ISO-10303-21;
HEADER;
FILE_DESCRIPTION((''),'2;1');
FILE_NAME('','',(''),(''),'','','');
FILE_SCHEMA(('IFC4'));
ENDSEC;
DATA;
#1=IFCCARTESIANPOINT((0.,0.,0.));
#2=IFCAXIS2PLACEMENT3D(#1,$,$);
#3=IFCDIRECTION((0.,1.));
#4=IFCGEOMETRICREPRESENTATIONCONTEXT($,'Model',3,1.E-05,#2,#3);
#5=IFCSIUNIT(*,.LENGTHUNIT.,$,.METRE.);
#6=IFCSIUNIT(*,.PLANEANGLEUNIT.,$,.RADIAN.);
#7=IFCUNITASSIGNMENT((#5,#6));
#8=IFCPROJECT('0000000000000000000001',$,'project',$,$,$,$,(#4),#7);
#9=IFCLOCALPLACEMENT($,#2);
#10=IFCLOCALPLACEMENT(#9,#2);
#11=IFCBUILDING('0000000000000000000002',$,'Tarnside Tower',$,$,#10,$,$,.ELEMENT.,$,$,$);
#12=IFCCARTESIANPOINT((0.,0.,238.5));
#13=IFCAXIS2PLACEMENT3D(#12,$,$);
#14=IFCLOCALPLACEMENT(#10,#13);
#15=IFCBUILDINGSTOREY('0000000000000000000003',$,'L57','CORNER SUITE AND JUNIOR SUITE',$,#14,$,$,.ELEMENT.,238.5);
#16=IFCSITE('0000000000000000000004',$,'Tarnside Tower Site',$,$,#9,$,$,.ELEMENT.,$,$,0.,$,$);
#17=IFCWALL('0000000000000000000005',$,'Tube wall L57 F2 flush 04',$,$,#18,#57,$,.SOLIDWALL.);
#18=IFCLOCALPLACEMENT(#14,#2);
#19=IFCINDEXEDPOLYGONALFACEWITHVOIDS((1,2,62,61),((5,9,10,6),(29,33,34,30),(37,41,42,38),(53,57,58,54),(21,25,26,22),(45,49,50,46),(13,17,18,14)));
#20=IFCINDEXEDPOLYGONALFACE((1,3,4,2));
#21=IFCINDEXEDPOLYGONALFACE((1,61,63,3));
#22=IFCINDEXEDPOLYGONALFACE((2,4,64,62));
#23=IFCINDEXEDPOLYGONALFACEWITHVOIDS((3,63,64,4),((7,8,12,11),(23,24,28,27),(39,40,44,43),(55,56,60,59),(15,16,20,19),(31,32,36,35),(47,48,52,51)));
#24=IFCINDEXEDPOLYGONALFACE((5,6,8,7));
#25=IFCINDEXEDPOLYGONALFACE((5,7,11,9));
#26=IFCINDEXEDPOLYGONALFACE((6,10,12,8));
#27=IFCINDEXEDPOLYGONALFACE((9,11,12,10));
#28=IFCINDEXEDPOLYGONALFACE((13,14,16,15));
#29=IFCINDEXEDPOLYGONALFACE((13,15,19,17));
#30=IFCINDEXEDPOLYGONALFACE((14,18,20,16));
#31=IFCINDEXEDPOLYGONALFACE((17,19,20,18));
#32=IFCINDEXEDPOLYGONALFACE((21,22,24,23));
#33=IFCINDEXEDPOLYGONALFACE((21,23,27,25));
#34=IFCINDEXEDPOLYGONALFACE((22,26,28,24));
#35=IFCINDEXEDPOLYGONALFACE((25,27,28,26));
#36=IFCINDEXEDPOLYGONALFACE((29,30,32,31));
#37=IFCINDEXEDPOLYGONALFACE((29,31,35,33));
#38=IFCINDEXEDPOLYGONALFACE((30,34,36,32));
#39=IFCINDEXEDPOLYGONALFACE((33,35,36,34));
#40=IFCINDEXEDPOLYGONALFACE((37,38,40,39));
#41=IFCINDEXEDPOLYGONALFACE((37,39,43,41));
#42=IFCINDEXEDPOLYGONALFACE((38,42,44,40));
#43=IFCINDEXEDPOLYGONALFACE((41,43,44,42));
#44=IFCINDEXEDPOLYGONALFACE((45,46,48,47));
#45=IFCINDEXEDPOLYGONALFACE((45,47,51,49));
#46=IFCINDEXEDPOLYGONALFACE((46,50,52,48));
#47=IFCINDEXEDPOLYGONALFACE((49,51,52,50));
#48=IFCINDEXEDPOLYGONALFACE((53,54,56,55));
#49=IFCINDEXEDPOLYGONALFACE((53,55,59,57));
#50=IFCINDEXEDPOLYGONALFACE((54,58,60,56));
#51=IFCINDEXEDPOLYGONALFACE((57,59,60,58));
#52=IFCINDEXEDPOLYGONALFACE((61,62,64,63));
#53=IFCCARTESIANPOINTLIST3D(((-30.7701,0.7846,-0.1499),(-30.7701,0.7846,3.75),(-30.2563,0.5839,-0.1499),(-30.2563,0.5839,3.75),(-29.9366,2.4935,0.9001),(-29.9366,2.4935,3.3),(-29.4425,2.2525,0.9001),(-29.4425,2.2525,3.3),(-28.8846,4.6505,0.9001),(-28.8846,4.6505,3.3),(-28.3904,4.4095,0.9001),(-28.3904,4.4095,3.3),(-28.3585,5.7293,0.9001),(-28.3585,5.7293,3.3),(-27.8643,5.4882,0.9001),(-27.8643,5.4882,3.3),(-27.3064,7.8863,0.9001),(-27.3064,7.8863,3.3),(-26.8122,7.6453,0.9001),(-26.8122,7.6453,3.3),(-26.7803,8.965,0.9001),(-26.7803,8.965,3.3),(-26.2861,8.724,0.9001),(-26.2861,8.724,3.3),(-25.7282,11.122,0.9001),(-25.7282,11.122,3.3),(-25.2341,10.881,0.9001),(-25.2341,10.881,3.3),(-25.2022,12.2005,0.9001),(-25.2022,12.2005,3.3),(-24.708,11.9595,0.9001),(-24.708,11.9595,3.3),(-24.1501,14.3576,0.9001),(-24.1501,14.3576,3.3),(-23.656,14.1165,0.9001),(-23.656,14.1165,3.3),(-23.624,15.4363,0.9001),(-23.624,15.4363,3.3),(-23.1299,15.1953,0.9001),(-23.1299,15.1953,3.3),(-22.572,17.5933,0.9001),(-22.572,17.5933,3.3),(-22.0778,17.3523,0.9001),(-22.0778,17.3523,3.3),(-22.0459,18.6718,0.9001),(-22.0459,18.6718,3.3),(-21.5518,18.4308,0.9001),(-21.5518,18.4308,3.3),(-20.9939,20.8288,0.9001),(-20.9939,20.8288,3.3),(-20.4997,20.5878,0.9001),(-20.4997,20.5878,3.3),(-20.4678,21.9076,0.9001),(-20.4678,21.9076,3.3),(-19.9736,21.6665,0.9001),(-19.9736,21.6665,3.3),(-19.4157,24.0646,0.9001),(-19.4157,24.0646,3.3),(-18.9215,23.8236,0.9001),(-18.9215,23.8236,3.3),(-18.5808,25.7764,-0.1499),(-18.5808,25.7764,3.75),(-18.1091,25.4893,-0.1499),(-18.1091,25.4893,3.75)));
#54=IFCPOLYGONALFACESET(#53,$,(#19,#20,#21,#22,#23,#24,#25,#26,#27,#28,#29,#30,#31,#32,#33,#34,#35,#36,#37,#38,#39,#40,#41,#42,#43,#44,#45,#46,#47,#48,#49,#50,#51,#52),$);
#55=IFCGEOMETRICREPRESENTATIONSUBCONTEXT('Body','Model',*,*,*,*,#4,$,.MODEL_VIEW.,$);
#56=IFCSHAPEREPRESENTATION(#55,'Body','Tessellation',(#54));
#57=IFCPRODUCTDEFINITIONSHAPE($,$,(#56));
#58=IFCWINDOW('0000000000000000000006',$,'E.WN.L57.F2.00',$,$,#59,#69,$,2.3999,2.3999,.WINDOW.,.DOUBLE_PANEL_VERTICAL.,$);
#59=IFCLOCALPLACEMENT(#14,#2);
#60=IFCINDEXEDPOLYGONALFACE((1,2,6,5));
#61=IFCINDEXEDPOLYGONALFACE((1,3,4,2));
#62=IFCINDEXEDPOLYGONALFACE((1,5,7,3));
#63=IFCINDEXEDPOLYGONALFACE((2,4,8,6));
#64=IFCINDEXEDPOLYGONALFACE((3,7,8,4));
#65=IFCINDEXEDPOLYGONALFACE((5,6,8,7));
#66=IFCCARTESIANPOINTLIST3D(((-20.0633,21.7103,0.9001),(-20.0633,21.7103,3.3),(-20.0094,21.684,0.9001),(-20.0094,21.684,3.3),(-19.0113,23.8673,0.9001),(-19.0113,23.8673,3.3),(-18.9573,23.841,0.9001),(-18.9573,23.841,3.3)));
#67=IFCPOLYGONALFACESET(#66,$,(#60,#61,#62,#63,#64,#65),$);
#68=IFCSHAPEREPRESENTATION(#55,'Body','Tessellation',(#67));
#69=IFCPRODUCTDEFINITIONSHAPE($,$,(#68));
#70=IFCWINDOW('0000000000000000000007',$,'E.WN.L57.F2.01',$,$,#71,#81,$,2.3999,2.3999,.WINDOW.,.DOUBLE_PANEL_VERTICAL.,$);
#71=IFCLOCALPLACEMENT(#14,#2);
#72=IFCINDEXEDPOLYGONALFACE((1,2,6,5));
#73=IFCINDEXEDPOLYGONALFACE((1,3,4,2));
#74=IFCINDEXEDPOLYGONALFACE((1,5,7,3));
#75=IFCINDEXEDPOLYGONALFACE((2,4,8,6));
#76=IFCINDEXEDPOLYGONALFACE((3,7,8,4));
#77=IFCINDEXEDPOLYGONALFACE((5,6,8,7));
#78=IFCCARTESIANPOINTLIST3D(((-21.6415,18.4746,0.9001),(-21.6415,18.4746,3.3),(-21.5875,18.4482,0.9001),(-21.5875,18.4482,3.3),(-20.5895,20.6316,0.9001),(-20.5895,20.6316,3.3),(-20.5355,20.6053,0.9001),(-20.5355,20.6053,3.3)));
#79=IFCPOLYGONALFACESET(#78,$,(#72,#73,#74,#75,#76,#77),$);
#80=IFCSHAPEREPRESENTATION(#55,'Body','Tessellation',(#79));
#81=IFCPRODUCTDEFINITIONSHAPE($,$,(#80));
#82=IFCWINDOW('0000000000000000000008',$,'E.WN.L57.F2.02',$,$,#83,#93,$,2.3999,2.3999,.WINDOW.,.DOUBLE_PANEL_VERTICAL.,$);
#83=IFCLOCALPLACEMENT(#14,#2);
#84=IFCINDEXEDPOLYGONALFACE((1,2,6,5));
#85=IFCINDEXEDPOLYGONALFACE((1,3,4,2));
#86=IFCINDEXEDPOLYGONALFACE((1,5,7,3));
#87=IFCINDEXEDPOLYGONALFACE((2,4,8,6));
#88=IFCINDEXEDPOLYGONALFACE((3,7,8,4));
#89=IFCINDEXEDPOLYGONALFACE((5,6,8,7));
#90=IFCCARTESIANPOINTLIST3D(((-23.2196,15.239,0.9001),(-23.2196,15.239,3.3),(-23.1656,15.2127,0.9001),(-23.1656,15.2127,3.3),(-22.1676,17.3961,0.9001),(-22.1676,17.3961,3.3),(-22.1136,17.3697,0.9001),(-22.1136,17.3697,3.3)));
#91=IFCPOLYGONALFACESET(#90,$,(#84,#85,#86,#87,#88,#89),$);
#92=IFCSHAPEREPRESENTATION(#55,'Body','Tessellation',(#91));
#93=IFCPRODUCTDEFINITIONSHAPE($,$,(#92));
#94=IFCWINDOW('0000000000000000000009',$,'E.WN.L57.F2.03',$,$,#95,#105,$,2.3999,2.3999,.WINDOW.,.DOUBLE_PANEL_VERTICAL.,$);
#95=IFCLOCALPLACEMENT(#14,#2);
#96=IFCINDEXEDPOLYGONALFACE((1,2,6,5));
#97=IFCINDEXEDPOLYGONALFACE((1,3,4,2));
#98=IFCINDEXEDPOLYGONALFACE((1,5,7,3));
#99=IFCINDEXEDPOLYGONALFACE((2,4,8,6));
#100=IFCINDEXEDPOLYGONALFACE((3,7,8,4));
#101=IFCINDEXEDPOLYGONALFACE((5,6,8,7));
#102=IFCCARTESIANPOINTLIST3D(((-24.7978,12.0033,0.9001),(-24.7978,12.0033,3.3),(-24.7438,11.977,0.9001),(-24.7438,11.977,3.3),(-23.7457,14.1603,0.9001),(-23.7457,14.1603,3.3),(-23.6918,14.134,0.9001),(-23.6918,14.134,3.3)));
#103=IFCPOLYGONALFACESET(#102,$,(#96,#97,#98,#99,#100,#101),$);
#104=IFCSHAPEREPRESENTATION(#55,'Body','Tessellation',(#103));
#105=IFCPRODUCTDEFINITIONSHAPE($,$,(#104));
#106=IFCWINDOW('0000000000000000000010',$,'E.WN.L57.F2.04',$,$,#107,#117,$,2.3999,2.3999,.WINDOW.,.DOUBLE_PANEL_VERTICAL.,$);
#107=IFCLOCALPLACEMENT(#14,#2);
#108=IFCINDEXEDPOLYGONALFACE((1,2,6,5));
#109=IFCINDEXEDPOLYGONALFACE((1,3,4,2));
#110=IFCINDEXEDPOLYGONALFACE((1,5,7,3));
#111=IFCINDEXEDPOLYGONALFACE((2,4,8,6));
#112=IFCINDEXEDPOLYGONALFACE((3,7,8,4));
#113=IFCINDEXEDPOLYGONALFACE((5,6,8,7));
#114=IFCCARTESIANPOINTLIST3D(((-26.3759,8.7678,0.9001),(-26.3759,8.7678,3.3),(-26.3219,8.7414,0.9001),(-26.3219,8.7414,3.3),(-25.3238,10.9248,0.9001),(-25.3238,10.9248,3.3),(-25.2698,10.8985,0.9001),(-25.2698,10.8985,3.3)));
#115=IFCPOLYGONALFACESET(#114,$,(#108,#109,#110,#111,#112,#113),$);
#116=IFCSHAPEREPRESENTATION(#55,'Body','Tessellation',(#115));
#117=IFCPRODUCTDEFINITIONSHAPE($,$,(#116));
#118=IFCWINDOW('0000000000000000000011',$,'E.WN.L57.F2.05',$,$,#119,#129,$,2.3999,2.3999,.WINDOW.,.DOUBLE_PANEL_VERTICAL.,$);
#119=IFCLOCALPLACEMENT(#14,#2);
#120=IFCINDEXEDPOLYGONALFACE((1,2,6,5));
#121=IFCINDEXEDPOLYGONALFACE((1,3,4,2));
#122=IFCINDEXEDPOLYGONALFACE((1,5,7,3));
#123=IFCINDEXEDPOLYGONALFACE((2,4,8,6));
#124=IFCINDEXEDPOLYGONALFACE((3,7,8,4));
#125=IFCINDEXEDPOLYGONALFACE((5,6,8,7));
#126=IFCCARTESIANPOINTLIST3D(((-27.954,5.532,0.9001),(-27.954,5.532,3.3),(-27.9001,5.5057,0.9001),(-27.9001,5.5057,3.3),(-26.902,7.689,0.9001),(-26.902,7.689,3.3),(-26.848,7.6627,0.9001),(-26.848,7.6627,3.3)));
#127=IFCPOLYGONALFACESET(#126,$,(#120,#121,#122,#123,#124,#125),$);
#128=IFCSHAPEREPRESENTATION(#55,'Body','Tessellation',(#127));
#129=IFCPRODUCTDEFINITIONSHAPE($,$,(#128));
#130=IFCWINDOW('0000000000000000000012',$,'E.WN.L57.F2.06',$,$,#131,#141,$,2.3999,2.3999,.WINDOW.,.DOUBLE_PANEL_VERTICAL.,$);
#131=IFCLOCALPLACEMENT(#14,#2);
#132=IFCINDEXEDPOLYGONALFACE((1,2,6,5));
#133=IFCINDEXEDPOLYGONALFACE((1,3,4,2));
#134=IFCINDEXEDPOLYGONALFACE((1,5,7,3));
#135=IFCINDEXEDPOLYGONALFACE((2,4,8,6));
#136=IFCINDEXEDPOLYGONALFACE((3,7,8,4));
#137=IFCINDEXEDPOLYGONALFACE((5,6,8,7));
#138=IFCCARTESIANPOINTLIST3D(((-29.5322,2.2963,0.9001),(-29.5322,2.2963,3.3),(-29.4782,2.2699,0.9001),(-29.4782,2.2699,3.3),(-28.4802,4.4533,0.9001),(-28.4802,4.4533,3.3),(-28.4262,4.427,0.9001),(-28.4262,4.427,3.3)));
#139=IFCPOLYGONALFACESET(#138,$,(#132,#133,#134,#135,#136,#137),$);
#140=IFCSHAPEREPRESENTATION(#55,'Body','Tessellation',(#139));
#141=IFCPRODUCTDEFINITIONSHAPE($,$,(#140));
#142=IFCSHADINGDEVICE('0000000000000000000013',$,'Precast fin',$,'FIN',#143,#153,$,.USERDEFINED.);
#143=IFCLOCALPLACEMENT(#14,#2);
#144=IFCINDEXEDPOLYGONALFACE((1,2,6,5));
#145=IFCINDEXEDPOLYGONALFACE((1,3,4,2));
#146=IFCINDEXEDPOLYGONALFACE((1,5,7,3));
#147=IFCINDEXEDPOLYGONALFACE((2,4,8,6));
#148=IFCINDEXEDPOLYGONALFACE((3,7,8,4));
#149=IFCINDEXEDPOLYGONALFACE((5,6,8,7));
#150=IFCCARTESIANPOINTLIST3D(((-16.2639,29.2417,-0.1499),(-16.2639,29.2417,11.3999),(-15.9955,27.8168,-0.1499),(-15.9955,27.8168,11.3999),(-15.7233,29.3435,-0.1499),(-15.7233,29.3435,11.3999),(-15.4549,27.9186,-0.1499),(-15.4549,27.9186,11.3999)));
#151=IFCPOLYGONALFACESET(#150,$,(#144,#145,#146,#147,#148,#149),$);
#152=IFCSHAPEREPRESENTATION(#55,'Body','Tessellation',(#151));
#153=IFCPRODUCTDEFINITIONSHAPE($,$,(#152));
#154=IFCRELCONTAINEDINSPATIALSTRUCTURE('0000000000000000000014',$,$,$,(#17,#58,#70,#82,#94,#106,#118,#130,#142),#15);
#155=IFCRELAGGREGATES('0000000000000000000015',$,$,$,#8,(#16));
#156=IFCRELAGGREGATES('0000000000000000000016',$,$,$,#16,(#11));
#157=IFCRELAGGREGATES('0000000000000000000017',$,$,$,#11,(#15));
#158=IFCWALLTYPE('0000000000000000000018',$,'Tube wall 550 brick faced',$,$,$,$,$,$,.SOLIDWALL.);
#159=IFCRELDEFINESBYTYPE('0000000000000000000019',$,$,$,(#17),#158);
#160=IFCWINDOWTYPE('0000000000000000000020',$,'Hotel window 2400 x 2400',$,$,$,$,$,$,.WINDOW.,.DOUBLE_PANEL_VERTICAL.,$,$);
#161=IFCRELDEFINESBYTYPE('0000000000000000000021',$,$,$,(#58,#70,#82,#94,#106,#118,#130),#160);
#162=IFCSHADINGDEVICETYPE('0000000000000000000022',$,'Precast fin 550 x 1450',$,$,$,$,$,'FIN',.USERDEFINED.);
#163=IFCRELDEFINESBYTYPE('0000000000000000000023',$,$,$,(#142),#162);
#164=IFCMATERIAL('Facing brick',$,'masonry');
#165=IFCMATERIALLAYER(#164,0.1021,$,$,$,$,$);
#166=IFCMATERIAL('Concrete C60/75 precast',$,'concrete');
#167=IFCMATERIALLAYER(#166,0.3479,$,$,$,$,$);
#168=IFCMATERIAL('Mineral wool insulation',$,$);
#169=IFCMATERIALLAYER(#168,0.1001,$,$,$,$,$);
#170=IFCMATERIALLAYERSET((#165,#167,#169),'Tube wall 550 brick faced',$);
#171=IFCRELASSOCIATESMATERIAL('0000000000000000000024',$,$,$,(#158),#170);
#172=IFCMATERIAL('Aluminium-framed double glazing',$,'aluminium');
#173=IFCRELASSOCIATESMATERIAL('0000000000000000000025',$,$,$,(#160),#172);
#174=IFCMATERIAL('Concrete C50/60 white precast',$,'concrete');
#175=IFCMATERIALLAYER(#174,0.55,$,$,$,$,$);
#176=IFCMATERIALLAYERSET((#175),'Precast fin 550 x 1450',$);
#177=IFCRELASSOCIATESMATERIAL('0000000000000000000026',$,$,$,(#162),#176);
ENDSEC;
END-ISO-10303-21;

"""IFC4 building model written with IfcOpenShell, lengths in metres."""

from ifc_helpers import new_model, si_unit, direction, frame, frame_2d, origin, place, context, subcontext, project, spatial, polyline, rectangle, outline, extrude, material, layer, layer_set, type_object, element, fill, save


model = new_model("IFC4")

# Units and contexts
model_context = context("Model", 3, precision=1e-05, world=origin(), true_north=direction((0.0, 1.0)))
body_context = subcontext(model_context, "Body", "Model", "MODEL_VIEW")
ifc_project = project(units=[si_unit("LENGTHUNIT", "METRE"), si_unit("PLANEANGLEUNIT", "RADIAN")], contexts=[model_context])

# Site, building, storey
site_placement = place(None, origin())
site = spatial("IfcSite", under=ifc_project, at=site_placement, Name="Tarnside Tower Site", CompositionType="ELEMENT", RefElevation=0.0)
building_placement = place(site_placement, origin())
building = spatial("IfcBuilding", under=site, at=building_placement, Name="Tarnside Tower", CompositionType="ELEMENT")
storey_placement = place(building_placement, frame((0.0, 0.0, 238.5)))
storey = spatial("IfcBuildingStorey", under=building, at=storey_placement, Name="L57", Description="CORNER SUITE AND JUNIOR SUITE", CompositionType="ELEMENT", Elevation=238.5)

# Shared definitions
ifc_material_1 = material(Name="Facing brick", Category="masonry")
ifc_layer_1 = layer(ifc_material_1, 0.1021)
ifc_material_2 = material(Name="Concrete C60/75 precast", Category="concrete")
ifc_layer_2 = layer(ifc_material_2, 0.3479)
ifc_material_3 = material(Name="Mineral wool insulation")
ifc_layer_3 = layer(ifc_material_3, 0.1001)
ifc_layer_set_1 = layer_set([ifc_layer_1, ifc_layer_2, ifc_layer_3], Name="Tube wall 550 brick faced")
wall_type_1 = type_object("IfcWallType", Name="Tube wall 550 brick faced", PredefinedType="SOLIDWALL", material=ifc_layer_set_1)

# Wall, openings, windows
wall_1_placement = place(storey_placement, frame((-18.345, 25.6328, -0.1499), z_axis=(0.0, 0.0, 1.0), x_axis=(-0.438372, -0.898794, 0.0)))
wall_1 = element("IfcWall", 1, at=wall_1_placement, inside=storey, type_object=wall_type_1, Name="Tube wall L57 F2 flush 04", PredefinedType="SOLIDWALL", context=body_context, shape_type="SweptSolid", body=[
    extrude(outline(polyline([(-0.0256, -0.2749), (27.7803, -0.2749), (27.7354, 0.2749), (0.0256, 0.2749), (-0.0256, -0.2749)])), origin(), (0.0, 0.0, 1.0), 3.8999),
])
opening_1_placement = place(wall_1_placement, frame((1.8789, 0.0, 1.05)))
opening_1 = element("IfcOpeningElement", 2, at=opening_1_placement, cuts=wall_1, PredefinedType="OPENING", context=body_context, shape_type="SweptSolid", body=[
    extrude(rectangle(XDim=2.3999, YDim=2.3999, at=frame_2d((1.2, 1.2))), frame((0.0, 0.2852, 0.0), z_axis=(0.0, -1.0, 0.0), x_axis=(1.0, 0.0, 0.0)), (0.0, 0.0, 1.0), 0.5701),
])
opening_2_placement = place(wall_1_placement, frame((5.479, 0.0, 1.05)))
opening_2 = element("IfcOpeningElement", 3, at=opening_2_placement, cuts=wall_1, PredefinedType="OPENING", context=body_context, shape_type="SweptSolid", body=[
    extrude(rectangle(XDim=2.3999, YDim=2.3999, at=frame_2d((1.2, 1.2))), frame((0.0, 0.2852, 0.0), z_axis=(0.0, -1.0, 0.0), x_axis=(1.0, 0.0, 0.0)), (0.0, 0.0, 1.0), 0.5701),
])
opening_3_placement = place(wall_1_placement, frame((9.0789, 0.0, 1.05)))
opening_3 = element("IfcOpeningElement", 4, at=opening_3_placement, cuts=wall_1, PredefinedType="OPENING", context=body_context, shape_type="SweptSolid", body=[
    extrude(rectangle(XDim=2.3999, YDim=2.3999, at=frame_2d((1.2, 1.2))), frame((0.0, 0.2852, 0.0), z_axis=(0.0, -1.0, 0.0), x_axis=(1.0, 0.0, 0.0)), (0.0, 0.0, 1.0), 0.5701),
])
opening_4_placement = place(wall_1_placement, frame((12.679, 0.0, 1.05)))
opening_4 = element("IfcOpeningElement", 5, at=opening_4_placement, cuts=wall_1, PredefinedType="OPENING", context=body_context, shape_type="SweptSolid", body=[
    extrude(rectangle(XDim=2.3999, YDim=2.3999, at=frame_2d((1.2, 1.2))), frame((0.0, 0.2852, 0.0), z_axis=(0.0, -1.0, 0.0), x_axis=(1.0, 0.0, 0.0)), (0.0, 0.0, 1.0), 0.5701),
])
opening_5_placement = place(wall_1_placement, frame((16.2788, 0.0, 1.05)))
opening_5 = element("IfcOpeningElement", 6, at=opening_5_placement, cuts=wall_1, PredefinedType="OPENING", context=body_context, shape_type="SweptSolid", body=[
    extrude(rectangle(XDim=2.3999, YDim=2.3999, at=frame_2d((1.2, 1.2))), frame((0.0, 0.2852, 0.0), z_axis=(0.0, -1.0, 0.0), x_axis=(1.0, 0.0, 0.0)), (0.0, 0.0, 1.0), 0.5701),
])
opening_6_placement = place(wall_1_placement, frame((19.8789, 0.0, 1.05)))
opening_6 = element("IfcOpeningElement", 7, at=opening_6_placement, cuts=wall_1, PredefinedType="OPENING", context=body_context, shape_type="SweptSolid", body=[
    extrude(rectangle(XDim=2.3999, YDim=2.3999, at=frame_2d((1.2, 1.2))), frame((0.0, 0.2852, 0.0), z_axis=(0.0, -1.0, 0.0), x_axis=(1.0, 0.0, 0.0)), (0.0, 0.0, 1.0), 0.5701),
])
opening_7_placement = place(wall_1_placement, frame((23.479, 0.0, 1.05)))
opening_7 = element("IfcOpeningElement", 8, at=opening_7_placement, cuts=wall_1, PredefinedType="OPENING", context=body_context, shape_type="SweptSolid", body=[
    extrude(rectangle(XDim=2.3999, YDim=2.3999, at=frame_2d((1.2, 1.2))), frame((0.0, 0.2852, 0.0), z_axis=(0.0, -1.0, 0.0), x_axis=(1.0, 0.0, 0.0)), (0.0, 0.0, 1.0), 0.5701),
])
ifc_material_4 = material(Name="Aluminium-framed double glazing", Category="aluminium")
window_type = type_object("IfcWindowType", Name="Hotel window 2400 x 2400", PartitioningType="DOUBLE_PANEL_VERTICAL", PredefinedType="WINDOW", material=ifc_material_4)
window_1_placement = place(opening_1_placement, frame((0.0, 0.2051, 0.0)))
window_1 = element("IfcWindow", 9, at=window_1_placement, inside=storey, type_object=window_type, Name="E.WN.L57.F2.00", OverallHeight=2.3999, OverallWidth=2.3999, PartitioningType="DOUBLE_PANEL_VERTICAL", PredefinedType="WINDOW", context=body_context, shape_type="SweptSolid", body=[
    extrude(rectangle(XDim=2.3999, YDim=2.3999, at=frame_2d((1.2, 1.2))), frame((0.0, 0.03, 0.0), z_axis=(0.0, -1.0, 0.0), x_axis=(1.0, 0.0, 0.0)), (0.0, 0.0, 1.0), 0.0601),
])
fill(opening_1, window_1)
window_2_placement = place(opening_2_placement, frame((0.0, 0.2051, 0.0)))
window_2 = element("IfcWindow", 10, at=window_2_placement, inside=storey, type_object=window_type, Name="E.WN.L57.F2.01", OverallHeight=2.3999, OverallWidth=2.3999, PartitioningType="DOUBLE_PANEL_VERTICAL", PredefinedType="WINDOW", context=body_context, shape_type="SweptSolid", body=[
    extrude(rectangle(XDim=2.3999, YDim=2.3999, at=frame_2d((1.2, 1.2))), frame((0.0, 0.03, 0.0), z_axis=(0.0, -1.0, 0.0), x_axis=(1.0, 0.0, 0.0)), (0.0, 0.0, 1.0), 0.0601),
])
fill(opening_2, window_2)
window_3_placement = place(opening_3_placement, frame((0.0, 0.2051, 0.0)))
window_3 = element("IfcWindow", 11, at=window_3_placement, inside=storey, type_object=window_type, Name="E.WN.L57.F2.02", OverallHeight=2.3999, OverallWidth=2.3999, PartitioningType="DOUBLE_PANEL_VERTICAL", PredefinedType="WINDOW", context=body_context, shape_type="SweptSolid", body=[
    extrude(rectangle(XDim=2.3999, YDim=2.3999, at=frame_2d((1.2, 1.2))), frame((0.0, 0.03, 0.0), z_axis=(0.0, -1.0, 0.0), x_axis=(1.0, 0.0, 0.0)), (0.0, 0.0, 1.0), 0.0601),
])
fill(opening_3, window_3)
window_4_placement = place(opening_4_placement, frame((0.0, 0.2051, 0.0)))
window_4 = element("IfcWindow", 12, at=window_4_placement, inside=storey, type_object=window_type, Name="E.WN.L57.F2.03", OverallHeight=2.3999, OverallWidth=2.3999, PartitioningType="DOUBLE_PANEL_VERTICAL", PredefinedType="WINDOW", context=body_context, shape_type="SweptSolid", body=[
    extrude(rectangle(XDim=2.3999, YDim=2.3999, at=frame_2d((1.2, 1.2))), frame((0.0, 0.03, 0.0), z_axis=(0.0, -1.0, 0.0), x_axis=(1.0, 0.0, 0.0)), (0.0, 0.0, 1.0), 0.0601),
])
fill(opening_4, window_4)
window_5_placement = place(opening_5_placement, frame((0.0, 0.2051, 0.0)))
window_5 = element("IfcWindow", 13, at=window_5_placement, inside=storey, type_object=window_type, Name="E.WN.L57.F2.04", OverallHeight=2.3999, OverallWidth=2.3999, PartitioningType="DOUBLE_PANEL_VERTICAL", PredefinedType="WINDOW", context=body_context, shape_type="SweptSolid", body=[
    extrude(rectangle(XDim=2.3999, YDim=2.3999, at=frame_2d((1.2, 1.2))), frame((0.0, 0.03, 0.0), z_axis=(0.0, -1.0, 0.0), x_axis=(1.0, 0.0, 0.0)), (0.0, 0.0, 1.0), 0.0601),
])
fill(opening_5, window_5)
window_6_placement = place(opening_6_placement, frame((0.0, 0.2051, 0.0)))
window_6 = element("IfcWindow", 14, at=window_6_placement, inside=storey, type_object=window_type, Name="E.WN.L57.F2.05", OverallHeight=2.3999, OverallWidth=2.3999, PartitioningType="DOUBLE_PANEL_VERTICAL", PredefinedType="WINDOW", context=body_context, shape_type="SweptSolid", body=[
    extrude(rectangle(XDim=2.3999, YDim=2.3999, at=frame_2d((1.2, 1.2))), frame((0.0, 0.03, 0.0), z_axis=(0.0, -1.0, 0.0), x_axis=(1.0, 0.0, 0.0)), (0.0, 0.0, 1.0), 0.0601),
])
fill(opening_6, window_6)
window_7_placement = place(opening_7_placement, frame((0.0, 0.2051, 0.0)))
window_7 = element("IfcWindow", 15, at=window_7_placement, inside=storey, type_object=window_type, Name="E.WN.L57.F2.06", OverallHeight=2.3999, OverallWidth=2.3999, PartitioningType="DOUBLE_PANEL_VERTICAL", PredefinedType="WINDOW", context=body_context, shape_type="SweptSolid", body=[
    extrude(rectangle(XDim=2.3999, YDim=2.3999, at=frame_2d((1.2, 1.2))), frame((0.0, 0.03, 0.0), z_axis=(0.0, -1.0, 0.0), x_axis=(1.0, 0.0, 0.0)), (0.0, 0.0, 1.0), 0.0601),
])
fill(opening_7, window_7)

# Shading device
ifc_material_5 = material(Name="Concrete C50/60 white precast", Category="concrete")
ifc_layer_4 = layer(ifc_material_5, 0.55)
ifc_layer_set_2 = layer_set([ifc_layer_4], Name="Precast fin 550 x 1450")
shading_device_type_1 = type_object("IfcShadingDeviceType", Name="Precast fin 550 x 1450", ElementType="FIN", PredefinedType="USERDEFINED", material=ifc_layer_set_2)
for number, where, z_axis, x_axis, name in (
    (16, (-15.7253, 27.8677, -0.1499), (0.982721, 0.185095, 0.0), (-0.185095, 0.982721, 0.0), "Precast fin"),
):
    element("IfcShadingDevice", number, at=place(storey_placement, frame(where, z_axis=z_axis, x_axis=x_axis)), inside=storey, type_object=shading_device_type_1, Name=name, ObjectType="FIN", PredefinedType="USERDEFINED", context=body_context, shape_type="SweptSolid", body=[
        extrude(outline(polyline([(0.0, 0.0), (1.45, 0.0), (1.45, 11.5498), (0.0, 11.5498), (0.0, 0.0)])), frame((0.0, 0.0, -0.2749)), (0.0, 0.0, 1.0), 0.55),
    ])

save(model, "model.ifc")
